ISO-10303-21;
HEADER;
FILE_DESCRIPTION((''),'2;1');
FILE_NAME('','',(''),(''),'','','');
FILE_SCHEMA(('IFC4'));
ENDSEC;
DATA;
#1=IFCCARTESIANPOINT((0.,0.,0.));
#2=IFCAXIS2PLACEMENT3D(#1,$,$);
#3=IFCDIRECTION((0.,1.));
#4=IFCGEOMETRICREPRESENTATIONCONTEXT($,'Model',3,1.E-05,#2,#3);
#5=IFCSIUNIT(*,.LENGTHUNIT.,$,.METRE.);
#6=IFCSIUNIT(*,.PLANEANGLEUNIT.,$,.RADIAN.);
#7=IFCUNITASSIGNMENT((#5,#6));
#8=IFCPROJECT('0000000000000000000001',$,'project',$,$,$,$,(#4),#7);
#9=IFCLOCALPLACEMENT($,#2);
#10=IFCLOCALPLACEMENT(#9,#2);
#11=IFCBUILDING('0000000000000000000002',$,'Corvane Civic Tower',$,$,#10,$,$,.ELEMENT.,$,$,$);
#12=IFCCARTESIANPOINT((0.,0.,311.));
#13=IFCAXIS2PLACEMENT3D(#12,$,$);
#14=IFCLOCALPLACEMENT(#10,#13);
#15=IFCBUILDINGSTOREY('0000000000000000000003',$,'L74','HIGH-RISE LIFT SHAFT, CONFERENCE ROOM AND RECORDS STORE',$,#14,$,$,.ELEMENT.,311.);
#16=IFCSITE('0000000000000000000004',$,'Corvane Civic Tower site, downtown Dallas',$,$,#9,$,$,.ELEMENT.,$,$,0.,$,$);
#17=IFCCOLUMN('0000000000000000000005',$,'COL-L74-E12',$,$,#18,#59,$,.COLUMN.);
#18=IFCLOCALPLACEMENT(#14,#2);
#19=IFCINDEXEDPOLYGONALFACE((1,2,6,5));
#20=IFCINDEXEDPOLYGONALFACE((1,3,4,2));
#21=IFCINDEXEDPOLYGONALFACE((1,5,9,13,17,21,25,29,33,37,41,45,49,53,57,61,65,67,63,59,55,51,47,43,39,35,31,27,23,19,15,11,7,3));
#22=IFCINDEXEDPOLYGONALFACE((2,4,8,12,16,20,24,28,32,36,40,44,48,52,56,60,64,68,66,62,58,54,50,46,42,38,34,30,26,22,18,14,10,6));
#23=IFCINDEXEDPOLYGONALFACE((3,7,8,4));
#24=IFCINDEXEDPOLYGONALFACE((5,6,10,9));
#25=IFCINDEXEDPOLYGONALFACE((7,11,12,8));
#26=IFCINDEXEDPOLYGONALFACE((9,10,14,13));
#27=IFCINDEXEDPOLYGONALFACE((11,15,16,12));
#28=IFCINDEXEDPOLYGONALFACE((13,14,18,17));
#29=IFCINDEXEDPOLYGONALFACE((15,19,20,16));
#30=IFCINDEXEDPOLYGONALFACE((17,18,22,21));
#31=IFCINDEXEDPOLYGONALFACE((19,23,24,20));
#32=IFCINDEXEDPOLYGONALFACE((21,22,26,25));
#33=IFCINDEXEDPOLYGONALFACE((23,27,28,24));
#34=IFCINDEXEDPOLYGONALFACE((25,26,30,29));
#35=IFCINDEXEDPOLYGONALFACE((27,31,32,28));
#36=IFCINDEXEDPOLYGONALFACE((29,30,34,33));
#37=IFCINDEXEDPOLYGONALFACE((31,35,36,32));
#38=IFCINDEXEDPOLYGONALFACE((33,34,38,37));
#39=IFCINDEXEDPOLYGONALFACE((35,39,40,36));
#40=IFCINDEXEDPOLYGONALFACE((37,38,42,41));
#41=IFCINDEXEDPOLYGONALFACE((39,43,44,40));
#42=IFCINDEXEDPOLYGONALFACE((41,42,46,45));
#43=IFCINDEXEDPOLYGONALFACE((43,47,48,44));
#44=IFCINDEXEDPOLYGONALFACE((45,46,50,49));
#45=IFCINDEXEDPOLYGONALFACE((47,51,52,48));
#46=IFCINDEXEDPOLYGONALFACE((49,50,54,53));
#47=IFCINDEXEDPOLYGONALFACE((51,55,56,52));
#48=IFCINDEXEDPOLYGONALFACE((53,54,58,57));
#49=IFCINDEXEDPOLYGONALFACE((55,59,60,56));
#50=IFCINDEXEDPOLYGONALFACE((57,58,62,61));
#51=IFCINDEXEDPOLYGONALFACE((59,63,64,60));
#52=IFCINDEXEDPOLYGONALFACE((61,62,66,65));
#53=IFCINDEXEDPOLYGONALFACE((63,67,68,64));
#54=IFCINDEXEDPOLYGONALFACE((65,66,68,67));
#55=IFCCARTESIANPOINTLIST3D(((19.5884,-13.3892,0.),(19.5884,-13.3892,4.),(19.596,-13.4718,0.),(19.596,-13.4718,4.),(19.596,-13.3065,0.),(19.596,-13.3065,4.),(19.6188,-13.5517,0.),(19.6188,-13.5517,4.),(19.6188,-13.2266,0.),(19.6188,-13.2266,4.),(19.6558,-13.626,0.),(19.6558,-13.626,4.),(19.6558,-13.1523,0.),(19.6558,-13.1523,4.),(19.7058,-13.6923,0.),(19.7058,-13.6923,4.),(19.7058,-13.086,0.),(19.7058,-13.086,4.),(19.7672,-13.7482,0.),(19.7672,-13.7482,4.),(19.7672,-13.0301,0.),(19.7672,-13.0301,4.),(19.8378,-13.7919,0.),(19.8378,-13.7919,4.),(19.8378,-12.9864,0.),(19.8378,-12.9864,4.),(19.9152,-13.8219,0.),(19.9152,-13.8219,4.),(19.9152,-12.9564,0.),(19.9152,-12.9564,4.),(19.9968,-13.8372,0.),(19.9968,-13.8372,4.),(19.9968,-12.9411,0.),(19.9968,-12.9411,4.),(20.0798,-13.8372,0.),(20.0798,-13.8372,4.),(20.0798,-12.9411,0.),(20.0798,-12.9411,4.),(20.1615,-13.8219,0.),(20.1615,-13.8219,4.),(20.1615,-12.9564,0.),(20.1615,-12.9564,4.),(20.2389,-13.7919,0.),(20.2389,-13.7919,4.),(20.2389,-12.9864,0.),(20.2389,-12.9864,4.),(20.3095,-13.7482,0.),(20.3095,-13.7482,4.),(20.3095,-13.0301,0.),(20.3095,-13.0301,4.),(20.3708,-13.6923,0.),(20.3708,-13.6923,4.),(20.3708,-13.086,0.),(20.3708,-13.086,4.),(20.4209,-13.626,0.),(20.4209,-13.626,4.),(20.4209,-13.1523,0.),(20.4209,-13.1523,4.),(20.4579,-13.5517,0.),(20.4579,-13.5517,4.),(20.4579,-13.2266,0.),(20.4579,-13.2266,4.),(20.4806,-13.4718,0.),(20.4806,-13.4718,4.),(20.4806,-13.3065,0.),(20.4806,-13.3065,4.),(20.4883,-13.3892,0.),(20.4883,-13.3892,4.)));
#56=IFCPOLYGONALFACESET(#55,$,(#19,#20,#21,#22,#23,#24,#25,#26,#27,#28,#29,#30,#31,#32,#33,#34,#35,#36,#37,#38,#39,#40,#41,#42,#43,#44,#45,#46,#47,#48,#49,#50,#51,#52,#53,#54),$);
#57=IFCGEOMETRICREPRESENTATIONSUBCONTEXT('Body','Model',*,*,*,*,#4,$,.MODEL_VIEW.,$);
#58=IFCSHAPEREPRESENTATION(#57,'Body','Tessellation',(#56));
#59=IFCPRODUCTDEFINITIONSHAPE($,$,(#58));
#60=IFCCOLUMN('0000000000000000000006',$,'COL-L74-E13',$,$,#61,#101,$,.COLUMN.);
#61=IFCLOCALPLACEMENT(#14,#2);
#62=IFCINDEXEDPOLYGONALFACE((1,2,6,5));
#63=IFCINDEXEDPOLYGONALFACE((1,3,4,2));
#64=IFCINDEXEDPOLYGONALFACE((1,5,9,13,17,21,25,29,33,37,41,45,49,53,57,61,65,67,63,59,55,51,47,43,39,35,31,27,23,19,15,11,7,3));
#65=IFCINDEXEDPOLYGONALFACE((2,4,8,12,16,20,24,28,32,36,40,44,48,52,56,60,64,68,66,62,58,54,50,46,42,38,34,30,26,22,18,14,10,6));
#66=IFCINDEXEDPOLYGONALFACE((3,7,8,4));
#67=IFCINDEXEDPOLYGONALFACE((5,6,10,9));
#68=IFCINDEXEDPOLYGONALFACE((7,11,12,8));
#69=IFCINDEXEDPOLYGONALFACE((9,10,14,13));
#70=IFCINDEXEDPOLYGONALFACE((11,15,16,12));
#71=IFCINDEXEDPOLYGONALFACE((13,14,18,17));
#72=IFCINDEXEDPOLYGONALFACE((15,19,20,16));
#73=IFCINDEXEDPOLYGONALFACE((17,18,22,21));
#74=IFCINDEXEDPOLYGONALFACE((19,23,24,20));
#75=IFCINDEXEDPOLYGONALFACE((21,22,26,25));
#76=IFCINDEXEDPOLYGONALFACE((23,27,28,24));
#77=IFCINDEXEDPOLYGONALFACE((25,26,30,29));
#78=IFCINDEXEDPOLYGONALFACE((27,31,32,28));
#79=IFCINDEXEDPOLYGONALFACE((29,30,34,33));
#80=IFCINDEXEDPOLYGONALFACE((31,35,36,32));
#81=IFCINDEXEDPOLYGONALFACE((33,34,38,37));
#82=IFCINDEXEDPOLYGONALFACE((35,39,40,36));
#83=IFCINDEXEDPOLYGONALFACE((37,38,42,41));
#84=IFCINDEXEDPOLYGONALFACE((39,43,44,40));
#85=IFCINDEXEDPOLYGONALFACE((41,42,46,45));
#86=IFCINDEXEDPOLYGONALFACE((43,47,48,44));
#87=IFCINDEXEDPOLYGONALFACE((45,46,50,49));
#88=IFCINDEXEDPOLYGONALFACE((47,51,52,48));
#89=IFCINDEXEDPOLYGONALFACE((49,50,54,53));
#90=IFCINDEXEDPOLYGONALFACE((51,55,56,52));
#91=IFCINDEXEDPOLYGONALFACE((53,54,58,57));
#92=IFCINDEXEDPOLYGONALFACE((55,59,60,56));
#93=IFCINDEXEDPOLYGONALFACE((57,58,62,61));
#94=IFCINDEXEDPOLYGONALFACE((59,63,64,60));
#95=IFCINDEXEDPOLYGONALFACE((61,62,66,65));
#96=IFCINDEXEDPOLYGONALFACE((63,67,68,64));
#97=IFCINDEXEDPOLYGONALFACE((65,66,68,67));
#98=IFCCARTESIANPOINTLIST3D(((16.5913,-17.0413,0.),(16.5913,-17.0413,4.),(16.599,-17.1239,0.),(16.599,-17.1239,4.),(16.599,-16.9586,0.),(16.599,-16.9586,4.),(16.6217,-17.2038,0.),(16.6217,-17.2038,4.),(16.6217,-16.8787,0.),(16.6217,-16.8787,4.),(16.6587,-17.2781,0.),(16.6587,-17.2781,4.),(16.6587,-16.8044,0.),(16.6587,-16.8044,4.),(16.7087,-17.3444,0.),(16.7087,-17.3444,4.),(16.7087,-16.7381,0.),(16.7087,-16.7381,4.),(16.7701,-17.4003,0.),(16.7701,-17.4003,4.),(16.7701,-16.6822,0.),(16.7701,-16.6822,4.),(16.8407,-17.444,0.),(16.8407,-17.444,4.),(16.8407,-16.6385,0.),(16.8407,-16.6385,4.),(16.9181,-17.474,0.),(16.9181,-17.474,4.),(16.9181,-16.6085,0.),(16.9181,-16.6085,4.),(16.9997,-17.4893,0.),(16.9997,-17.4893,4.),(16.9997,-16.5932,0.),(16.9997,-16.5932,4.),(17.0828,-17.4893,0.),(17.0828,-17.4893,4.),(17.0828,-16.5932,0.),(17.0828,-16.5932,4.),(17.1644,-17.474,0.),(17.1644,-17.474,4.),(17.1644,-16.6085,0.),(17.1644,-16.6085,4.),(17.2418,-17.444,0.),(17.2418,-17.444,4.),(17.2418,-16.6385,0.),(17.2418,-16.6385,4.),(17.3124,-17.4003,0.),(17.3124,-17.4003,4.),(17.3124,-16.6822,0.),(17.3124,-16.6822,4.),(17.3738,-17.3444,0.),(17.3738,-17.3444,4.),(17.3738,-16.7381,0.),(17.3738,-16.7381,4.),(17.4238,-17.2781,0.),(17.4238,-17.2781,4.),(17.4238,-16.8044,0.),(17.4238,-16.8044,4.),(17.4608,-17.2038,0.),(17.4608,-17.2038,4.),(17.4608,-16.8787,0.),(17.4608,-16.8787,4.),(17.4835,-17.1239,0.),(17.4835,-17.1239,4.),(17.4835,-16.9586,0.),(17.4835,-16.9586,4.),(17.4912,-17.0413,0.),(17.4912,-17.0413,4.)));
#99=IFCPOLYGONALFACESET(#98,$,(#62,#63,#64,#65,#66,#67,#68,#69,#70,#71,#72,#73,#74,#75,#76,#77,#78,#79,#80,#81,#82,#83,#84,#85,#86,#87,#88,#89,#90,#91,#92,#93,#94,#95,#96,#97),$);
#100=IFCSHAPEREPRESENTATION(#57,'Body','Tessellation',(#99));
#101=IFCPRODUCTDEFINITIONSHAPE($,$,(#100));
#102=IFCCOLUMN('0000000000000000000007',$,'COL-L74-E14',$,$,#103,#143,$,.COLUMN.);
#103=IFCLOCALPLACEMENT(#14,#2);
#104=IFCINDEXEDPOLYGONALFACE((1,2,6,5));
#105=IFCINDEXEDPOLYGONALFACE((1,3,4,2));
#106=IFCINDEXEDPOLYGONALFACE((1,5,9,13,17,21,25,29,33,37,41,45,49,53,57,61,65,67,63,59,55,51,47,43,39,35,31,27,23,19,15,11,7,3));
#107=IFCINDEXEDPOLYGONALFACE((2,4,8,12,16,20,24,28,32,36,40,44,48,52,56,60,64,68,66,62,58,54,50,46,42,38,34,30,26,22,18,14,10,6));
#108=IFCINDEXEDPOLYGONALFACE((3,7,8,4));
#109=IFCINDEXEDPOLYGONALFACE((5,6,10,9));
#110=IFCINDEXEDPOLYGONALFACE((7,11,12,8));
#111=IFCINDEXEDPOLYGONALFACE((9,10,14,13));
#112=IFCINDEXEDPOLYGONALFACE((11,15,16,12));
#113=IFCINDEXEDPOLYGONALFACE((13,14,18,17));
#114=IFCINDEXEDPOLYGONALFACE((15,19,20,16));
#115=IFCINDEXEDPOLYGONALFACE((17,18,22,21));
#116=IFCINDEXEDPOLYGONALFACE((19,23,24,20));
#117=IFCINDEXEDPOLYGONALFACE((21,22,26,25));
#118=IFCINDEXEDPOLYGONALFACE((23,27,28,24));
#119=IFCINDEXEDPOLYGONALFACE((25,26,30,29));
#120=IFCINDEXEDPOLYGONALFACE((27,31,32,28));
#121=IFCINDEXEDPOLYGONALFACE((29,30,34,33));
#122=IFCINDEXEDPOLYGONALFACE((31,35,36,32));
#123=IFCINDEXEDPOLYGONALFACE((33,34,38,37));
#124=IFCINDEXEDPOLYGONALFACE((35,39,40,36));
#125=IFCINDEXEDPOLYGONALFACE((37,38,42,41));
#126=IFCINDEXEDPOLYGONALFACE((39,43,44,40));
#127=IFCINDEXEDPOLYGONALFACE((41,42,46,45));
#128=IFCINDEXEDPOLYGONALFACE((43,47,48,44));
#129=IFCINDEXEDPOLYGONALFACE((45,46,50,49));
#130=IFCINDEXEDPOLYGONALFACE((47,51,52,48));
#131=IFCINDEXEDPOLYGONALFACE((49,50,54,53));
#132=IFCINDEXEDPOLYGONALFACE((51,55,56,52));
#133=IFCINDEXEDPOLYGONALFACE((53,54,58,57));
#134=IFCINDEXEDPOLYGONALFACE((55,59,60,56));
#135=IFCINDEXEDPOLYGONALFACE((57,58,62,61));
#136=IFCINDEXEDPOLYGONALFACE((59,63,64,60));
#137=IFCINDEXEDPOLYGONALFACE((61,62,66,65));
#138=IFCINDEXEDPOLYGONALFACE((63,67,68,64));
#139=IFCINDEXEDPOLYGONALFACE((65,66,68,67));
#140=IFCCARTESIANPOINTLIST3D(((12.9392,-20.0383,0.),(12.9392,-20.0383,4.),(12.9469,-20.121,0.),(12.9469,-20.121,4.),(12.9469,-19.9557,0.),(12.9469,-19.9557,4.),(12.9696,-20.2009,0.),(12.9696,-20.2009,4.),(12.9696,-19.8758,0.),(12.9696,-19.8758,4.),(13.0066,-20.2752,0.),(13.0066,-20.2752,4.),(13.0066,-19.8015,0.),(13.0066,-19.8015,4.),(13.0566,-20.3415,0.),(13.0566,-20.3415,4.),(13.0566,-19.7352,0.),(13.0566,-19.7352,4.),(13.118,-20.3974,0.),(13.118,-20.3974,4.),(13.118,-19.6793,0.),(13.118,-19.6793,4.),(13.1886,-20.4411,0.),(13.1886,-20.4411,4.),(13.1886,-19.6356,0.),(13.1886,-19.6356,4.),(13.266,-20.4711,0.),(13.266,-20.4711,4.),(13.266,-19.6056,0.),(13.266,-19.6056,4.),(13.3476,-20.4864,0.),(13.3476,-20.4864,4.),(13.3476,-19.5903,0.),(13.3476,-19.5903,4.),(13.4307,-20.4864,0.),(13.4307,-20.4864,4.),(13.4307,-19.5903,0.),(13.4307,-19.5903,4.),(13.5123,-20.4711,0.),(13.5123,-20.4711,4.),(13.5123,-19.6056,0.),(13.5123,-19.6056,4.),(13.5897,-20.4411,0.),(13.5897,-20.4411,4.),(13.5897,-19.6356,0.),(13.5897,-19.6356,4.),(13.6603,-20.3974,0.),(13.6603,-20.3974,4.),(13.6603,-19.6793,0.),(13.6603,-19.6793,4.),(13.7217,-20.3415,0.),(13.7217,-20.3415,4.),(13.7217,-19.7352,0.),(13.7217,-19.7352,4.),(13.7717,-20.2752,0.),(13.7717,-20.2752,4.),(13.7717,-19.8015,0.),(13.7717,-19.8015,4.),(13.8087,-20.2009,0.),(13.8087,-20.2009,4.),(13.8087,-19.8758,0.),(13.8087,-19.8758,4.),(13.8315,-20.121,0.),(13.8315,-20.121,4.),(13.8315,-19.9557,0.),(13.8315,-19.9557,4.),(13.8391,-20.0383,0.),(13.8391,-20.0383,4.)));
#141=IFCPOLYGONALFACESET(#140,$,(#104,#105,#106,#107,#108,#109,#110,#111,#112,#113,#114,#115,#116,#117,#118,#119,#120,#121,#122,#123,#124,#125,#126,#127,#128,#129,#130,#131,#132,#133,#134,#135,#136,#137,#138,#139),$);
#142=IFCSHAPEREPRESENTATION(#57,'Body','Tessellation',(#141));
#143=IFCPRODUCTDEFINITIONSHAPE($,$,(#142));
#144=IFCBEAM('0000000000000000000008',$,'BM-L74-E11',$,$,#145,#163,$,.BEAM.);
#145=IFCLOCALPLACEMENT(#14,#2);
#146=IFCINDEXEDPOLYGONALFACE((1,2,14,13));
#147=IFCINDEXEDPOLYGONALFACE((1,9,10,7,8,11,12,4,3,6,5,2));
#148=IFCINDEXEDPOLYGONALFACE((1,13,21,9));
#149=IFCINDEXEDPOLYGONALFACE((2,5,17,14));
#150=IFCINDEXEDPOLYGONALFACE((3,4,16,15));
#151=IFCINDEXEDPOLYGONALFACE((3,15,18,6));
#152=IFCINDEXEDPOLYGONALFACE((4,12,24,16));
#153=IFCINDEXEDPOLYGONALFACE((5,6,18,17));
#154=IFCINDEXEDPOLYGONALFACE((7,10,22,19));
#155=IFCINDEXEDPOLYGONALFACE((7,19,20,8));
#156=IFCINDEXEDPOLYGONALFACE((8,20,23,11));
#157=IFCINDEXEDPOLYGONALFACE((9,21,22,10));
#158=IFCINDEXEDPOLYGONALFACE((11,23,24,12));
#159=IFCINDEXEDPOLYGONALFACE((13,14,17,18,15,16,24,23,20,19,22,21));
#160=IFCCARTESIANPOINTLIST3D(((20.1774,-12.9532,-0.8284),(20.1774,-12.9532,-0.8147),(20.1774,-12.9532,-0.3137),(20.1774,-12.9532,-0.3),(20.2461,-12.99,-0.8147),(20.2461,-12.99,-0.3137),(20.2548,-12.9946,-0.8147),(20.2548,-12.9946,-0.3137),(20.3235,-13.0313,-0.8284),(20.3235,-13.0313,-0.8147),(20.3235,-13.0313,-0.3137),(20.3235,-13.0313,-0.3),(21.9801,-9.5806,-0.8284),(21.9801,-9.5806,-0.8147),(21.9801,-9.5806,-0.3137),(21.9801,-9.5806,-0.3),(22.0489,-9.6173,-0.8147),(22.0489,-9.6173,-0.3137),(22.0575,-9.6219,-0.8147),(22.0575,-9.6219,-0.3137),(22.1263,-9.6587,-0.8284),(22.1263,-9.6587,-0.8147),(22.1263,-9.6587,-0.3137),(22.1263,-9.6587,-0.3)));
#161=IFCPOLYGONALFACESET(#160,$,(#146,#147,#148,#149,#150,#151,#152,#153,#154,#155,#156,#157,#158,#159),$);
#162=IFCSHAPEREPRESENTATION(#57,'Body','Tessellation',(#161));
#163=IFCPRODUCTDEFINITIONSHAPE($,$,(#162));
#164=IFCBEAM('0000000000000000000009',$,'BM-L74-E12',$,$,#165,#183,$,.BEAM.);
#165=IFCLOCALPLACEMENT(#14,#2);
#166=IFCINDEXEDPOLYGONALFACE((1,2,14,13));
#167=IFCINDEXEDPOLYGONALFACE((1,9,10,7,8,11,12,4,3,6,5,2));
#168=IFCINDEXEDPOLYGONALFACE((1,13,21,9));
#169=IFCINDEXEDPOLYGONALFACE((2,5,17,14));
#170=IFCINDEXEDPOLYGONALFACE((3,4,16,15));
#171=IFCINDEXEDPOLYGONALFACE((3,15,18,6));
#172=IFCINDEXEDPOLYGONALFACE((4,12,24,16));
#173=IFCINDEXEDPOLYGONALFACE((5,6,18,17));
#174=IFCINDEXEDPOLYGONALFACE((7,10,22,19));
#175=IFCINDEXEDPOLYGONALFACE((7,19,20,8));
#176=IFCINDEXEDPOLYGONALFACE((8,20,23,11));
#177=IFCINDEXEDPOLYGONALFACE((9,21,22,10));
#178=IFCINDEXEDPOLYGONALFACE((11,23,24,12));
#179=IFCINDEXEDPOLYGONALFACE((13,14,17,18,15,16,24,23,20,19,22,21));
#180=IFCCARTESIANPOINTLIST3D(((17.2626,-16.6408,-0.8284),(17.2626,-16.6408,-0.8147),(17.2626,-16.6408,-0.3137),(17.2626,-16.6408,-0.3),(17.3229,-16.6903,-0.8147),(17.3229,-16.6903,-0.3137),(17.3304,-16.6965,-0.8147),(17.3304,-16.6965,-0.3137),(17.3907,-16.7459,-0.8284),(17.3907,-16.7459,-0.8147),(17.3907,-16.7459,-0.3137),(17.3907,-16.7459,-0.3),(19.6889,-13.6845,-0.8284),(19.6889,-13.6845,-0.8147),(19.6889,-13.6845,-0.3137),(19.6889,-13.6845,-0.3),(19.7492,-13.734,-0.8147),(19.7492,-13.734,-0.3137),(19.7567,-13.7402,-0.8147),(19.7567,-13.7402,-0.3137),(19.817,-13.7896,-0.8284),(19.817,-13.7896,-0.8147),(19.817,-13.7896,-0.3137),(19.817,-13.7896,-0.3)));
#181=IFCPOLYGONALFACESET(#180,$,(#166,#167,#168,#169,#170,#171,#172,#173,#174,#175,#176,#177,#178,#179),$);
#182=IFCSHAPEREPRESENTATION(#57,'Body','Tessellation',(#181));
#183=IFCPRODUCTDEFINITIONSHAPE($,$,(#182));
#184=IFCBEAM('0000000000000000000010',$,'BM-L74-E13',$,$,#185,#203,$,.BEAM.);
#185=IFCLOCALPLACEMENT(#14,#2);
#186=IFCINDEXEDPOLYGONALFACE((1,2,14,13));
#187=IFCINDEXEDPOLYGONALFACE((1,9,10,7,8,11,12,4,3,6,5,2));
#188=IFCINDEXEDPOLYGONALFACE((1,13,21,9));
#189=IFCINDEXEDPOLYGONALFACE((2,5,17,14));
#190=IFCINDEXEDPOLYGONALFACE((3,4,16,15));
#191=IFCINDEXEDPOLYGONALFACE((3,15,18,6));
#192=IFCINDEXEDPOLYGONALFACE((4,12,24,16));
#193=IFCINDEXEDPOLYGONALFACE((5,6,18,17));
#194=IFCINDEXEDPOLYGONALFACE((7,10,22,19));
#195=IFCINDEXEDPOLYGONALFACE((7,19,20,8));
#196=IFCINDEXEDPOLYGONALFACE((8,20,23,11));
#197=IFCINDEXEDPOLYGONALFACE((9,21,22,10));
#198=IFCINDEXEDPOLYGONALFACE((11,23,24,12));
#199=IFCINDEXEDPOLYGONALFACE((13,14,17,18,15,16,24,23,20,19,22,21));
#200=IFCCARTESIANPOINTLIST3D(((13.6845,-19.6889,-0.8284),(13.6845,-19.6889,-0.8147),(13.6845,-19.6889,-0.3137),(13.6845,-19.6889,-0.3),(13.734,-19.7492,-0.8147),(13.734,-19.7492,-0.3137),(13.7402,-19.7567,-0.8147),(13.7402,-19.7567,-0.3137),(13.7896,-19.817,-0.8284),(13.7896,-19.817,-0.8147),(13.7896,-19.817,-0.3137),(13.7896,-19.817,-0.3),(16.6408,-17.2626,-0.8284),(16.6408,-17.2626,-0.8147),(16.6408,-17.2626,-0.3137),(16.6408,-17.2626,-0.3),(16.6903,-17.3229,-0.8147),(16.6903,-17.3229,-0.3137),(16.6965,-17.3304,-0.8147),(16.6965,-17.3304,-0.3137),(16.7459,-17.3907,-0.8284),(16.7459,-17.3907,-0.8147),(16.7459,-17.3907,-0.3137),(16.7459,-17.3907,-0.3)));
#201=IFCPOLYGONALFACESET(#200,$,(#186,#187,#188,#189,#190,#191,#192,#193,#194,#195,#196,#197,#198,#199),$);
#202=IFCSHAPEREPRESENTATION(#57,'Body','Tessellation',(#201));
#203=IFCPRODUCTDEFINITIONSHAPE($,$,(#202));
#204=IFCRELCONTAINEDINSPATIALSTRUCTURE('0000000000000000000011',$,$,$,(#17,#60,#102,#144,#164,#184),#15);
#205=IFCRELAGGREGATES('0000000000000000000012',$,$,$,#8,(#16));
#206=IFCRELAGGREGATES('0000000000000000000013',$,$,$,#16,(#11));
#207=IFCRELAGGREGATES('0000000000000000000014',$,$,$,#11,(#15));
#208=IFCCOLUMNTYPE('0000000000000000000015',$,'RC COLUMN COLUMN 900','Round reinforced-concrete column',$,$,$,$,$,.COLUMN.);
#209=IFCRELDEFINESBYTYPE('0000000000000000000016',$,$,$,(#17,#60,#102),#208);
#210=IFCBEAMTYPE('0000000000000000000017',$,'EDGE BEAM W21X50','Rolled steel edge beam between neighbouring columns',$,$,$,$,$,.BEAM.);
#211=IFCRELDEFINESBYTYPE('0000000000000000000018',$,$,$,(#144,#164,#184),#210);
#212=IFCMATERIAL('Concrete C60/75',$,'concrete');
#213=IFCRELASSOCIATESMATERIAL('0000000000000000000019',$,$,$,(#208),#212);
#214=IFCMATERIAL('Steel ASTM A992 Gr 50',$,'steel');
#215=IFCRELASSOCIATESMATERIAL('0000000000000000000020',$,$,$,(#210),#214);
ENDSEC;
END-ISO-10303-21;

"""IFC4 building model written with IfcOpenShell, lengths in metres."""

from ifc_helpers import new_model, si_unit, direction, frame, origin, origin_2d, place, context, subcontext, project, spatial, circle, i_section, extrude, material, material_profile, profile_set, type_object, element, save


model = new_model("IFC4")

# Units and contexts
model_context = context("Model", 3, precision=1e-05, world=origin(), true_north=direction((0.0, 1.0)))
body_context = subcontext(model_context, "Body", "Model", "MODEL_VIEW")
ifc_project = project(units=[si_unit("LENGTHUNIT", "METRE"), si_unit("PLANEANGLEUNIT", "RADIAN")], contexts=[model_context])

# Site, building, storey
site_placement = place(None, origin())
site = spatial("IfcSite", under=ifc_project, at=site_placement, Name="Corvane Civic Tower site, downtown Dallas", CompositionType="ELEMENT", RefElevation=0.0)
building_placement = place(site_placement, origin())
building = spatial("IfcBuilding", under=site, at=building_placement, Name="Corvane Civic Tower", CompositionType="ELEMENT")
storey_placement = place(building_placement, frame((0.0, 0.0, 311.0)))
storey = spatial("IfcBuildingStorey", under=building, at=storey_placement, Name="L74", Description="HIGH-RISE LIFT SHAFT, CONFERENCE ROOM AND RECORDS STORE", CompositionType="ELEMENT", Elevation=311.0)

# Columns
ifc_material_1 = material(Name="Concrete C60/75", Category="concrete")
ifc_material_profile_1 = material_profile(ifc_material_1, circle(Radius=0.45, at=origin_2d()), Name="COLUMN 900")
ifc_profile_set_1 = profile_set([ifc_material_profile_1], Name="Concrete C60/75")
column_type = type_object("IfcColumnType", Name="RC COLUMN COLUMN 900", Description="Round reinforced-concrete column", PredefinedType="COLUMN", material=ifc_profile_set_1)
for number, where, z_axis, x_axis, name in (
    (1, (20.0383, -13.3892, 0.0), (0.0, 0.0, 1.0), (1.0, 0.0, 0.0), "COL-L74-E12"),
    (2, (17.0413, -17.0413, 0.0), (0.0, 0.0, 1.0), (1.0, 0.0, 0.0), "COL-L74-E13"),
    (3, (13.3892, -20.0383, 0.0), (0.0, 0.0, 1.0), (1.0, 0.0, 0.0), "COL-L74-E14"),
):
    element("IfcColumn", number, at=place(storey_placement, frame(where, z_axis=z_axis, x_axis=x_axis)), inside=storey, type_object=column_type, Name=name, PredefinedType="COLUMN", context=body_context, shape_type="SweptSolid", body=[
        extrude(circle(Radius=0.45, at=origin_2d()), origin(), (0.0, 0.0, 1.0), 4.0),
    ])

# Beams
ifc_material_2 = material(Name="Steel ASTM A992 Gr 50", Category="steel")
ifc_material_profile_2 = material_profile(ifc_material_2, i_section(OverallWidth=0.1658, OverallDepth=0.5283, WebThickness=0.0098, FlangeThickness=0.0137, at=origin_2d()), Name="W21X50")
ifc_profile_set_2 = profile_set([ifc_material_profile_2], Name="Steel ASTM A992 Gr 50")
beam_type = type_object("IfcBeamType", Name="EDGE BEAM W21X50", Description="Rolled steel edge beam between neighbouring columns", PredefinedType="BEAM", material=ifc_profile_set_2)
beam_placement = place(storey_placement, frame((22.0532, -9.6196, -0.5642), z_axis=(-0.47141, -0.881914, 0.0), x_axis=(0.881914, -0.47141, 0.0)))
element("IfcBeam", 4, at=beam_placement, inside=storey, type_object=beam_type, Name="BM-L74-E11", PredefinedType="BEAM", context=body_context, shape_type="SweptSolid", body=[
    extrude(i_section(OverallWidth=0.1658, OverallDepth=0.5283, WebThickness=0.0098, FlangeThickness=0.0137, at=origin_2d()), origin(), (0.0, 0.0, 1.0), 3.8242),
])
for number, where, z_axis, x_axis, name in (
    (5, (19.7529, -13.7371, -0.5642), (-0.634409, -0.772998, 0.0), (0.772998, -0.634409, 0.0), "BM-L74-E12"),
    (6, (16.6934, -17.3267, -0.5642), (-0.772998, -0.634409, 0.0), (0.634409, -0.772998, 0.0), "BM-L74-E13"),
):
    element("IfcBeam", number, at=place(storey_placement, frame(where, z_axis=z_axis, x_axis=x_axis)), inside=storey, type_object=beam_type, Name=name, PredefinedType="BEAM", context=body_context, shape_type="SweptSolid", body=[
        extrude(i_section(OverallWidth=0.1658, OverallDepth=0.5283, WebThickness=0.0098, FlangeThickness=0.0137, at=origin_2d()), origin(), (0.0, 0.0, 1.0), 3.8245),
    ])

save(model, "model.ifc")
